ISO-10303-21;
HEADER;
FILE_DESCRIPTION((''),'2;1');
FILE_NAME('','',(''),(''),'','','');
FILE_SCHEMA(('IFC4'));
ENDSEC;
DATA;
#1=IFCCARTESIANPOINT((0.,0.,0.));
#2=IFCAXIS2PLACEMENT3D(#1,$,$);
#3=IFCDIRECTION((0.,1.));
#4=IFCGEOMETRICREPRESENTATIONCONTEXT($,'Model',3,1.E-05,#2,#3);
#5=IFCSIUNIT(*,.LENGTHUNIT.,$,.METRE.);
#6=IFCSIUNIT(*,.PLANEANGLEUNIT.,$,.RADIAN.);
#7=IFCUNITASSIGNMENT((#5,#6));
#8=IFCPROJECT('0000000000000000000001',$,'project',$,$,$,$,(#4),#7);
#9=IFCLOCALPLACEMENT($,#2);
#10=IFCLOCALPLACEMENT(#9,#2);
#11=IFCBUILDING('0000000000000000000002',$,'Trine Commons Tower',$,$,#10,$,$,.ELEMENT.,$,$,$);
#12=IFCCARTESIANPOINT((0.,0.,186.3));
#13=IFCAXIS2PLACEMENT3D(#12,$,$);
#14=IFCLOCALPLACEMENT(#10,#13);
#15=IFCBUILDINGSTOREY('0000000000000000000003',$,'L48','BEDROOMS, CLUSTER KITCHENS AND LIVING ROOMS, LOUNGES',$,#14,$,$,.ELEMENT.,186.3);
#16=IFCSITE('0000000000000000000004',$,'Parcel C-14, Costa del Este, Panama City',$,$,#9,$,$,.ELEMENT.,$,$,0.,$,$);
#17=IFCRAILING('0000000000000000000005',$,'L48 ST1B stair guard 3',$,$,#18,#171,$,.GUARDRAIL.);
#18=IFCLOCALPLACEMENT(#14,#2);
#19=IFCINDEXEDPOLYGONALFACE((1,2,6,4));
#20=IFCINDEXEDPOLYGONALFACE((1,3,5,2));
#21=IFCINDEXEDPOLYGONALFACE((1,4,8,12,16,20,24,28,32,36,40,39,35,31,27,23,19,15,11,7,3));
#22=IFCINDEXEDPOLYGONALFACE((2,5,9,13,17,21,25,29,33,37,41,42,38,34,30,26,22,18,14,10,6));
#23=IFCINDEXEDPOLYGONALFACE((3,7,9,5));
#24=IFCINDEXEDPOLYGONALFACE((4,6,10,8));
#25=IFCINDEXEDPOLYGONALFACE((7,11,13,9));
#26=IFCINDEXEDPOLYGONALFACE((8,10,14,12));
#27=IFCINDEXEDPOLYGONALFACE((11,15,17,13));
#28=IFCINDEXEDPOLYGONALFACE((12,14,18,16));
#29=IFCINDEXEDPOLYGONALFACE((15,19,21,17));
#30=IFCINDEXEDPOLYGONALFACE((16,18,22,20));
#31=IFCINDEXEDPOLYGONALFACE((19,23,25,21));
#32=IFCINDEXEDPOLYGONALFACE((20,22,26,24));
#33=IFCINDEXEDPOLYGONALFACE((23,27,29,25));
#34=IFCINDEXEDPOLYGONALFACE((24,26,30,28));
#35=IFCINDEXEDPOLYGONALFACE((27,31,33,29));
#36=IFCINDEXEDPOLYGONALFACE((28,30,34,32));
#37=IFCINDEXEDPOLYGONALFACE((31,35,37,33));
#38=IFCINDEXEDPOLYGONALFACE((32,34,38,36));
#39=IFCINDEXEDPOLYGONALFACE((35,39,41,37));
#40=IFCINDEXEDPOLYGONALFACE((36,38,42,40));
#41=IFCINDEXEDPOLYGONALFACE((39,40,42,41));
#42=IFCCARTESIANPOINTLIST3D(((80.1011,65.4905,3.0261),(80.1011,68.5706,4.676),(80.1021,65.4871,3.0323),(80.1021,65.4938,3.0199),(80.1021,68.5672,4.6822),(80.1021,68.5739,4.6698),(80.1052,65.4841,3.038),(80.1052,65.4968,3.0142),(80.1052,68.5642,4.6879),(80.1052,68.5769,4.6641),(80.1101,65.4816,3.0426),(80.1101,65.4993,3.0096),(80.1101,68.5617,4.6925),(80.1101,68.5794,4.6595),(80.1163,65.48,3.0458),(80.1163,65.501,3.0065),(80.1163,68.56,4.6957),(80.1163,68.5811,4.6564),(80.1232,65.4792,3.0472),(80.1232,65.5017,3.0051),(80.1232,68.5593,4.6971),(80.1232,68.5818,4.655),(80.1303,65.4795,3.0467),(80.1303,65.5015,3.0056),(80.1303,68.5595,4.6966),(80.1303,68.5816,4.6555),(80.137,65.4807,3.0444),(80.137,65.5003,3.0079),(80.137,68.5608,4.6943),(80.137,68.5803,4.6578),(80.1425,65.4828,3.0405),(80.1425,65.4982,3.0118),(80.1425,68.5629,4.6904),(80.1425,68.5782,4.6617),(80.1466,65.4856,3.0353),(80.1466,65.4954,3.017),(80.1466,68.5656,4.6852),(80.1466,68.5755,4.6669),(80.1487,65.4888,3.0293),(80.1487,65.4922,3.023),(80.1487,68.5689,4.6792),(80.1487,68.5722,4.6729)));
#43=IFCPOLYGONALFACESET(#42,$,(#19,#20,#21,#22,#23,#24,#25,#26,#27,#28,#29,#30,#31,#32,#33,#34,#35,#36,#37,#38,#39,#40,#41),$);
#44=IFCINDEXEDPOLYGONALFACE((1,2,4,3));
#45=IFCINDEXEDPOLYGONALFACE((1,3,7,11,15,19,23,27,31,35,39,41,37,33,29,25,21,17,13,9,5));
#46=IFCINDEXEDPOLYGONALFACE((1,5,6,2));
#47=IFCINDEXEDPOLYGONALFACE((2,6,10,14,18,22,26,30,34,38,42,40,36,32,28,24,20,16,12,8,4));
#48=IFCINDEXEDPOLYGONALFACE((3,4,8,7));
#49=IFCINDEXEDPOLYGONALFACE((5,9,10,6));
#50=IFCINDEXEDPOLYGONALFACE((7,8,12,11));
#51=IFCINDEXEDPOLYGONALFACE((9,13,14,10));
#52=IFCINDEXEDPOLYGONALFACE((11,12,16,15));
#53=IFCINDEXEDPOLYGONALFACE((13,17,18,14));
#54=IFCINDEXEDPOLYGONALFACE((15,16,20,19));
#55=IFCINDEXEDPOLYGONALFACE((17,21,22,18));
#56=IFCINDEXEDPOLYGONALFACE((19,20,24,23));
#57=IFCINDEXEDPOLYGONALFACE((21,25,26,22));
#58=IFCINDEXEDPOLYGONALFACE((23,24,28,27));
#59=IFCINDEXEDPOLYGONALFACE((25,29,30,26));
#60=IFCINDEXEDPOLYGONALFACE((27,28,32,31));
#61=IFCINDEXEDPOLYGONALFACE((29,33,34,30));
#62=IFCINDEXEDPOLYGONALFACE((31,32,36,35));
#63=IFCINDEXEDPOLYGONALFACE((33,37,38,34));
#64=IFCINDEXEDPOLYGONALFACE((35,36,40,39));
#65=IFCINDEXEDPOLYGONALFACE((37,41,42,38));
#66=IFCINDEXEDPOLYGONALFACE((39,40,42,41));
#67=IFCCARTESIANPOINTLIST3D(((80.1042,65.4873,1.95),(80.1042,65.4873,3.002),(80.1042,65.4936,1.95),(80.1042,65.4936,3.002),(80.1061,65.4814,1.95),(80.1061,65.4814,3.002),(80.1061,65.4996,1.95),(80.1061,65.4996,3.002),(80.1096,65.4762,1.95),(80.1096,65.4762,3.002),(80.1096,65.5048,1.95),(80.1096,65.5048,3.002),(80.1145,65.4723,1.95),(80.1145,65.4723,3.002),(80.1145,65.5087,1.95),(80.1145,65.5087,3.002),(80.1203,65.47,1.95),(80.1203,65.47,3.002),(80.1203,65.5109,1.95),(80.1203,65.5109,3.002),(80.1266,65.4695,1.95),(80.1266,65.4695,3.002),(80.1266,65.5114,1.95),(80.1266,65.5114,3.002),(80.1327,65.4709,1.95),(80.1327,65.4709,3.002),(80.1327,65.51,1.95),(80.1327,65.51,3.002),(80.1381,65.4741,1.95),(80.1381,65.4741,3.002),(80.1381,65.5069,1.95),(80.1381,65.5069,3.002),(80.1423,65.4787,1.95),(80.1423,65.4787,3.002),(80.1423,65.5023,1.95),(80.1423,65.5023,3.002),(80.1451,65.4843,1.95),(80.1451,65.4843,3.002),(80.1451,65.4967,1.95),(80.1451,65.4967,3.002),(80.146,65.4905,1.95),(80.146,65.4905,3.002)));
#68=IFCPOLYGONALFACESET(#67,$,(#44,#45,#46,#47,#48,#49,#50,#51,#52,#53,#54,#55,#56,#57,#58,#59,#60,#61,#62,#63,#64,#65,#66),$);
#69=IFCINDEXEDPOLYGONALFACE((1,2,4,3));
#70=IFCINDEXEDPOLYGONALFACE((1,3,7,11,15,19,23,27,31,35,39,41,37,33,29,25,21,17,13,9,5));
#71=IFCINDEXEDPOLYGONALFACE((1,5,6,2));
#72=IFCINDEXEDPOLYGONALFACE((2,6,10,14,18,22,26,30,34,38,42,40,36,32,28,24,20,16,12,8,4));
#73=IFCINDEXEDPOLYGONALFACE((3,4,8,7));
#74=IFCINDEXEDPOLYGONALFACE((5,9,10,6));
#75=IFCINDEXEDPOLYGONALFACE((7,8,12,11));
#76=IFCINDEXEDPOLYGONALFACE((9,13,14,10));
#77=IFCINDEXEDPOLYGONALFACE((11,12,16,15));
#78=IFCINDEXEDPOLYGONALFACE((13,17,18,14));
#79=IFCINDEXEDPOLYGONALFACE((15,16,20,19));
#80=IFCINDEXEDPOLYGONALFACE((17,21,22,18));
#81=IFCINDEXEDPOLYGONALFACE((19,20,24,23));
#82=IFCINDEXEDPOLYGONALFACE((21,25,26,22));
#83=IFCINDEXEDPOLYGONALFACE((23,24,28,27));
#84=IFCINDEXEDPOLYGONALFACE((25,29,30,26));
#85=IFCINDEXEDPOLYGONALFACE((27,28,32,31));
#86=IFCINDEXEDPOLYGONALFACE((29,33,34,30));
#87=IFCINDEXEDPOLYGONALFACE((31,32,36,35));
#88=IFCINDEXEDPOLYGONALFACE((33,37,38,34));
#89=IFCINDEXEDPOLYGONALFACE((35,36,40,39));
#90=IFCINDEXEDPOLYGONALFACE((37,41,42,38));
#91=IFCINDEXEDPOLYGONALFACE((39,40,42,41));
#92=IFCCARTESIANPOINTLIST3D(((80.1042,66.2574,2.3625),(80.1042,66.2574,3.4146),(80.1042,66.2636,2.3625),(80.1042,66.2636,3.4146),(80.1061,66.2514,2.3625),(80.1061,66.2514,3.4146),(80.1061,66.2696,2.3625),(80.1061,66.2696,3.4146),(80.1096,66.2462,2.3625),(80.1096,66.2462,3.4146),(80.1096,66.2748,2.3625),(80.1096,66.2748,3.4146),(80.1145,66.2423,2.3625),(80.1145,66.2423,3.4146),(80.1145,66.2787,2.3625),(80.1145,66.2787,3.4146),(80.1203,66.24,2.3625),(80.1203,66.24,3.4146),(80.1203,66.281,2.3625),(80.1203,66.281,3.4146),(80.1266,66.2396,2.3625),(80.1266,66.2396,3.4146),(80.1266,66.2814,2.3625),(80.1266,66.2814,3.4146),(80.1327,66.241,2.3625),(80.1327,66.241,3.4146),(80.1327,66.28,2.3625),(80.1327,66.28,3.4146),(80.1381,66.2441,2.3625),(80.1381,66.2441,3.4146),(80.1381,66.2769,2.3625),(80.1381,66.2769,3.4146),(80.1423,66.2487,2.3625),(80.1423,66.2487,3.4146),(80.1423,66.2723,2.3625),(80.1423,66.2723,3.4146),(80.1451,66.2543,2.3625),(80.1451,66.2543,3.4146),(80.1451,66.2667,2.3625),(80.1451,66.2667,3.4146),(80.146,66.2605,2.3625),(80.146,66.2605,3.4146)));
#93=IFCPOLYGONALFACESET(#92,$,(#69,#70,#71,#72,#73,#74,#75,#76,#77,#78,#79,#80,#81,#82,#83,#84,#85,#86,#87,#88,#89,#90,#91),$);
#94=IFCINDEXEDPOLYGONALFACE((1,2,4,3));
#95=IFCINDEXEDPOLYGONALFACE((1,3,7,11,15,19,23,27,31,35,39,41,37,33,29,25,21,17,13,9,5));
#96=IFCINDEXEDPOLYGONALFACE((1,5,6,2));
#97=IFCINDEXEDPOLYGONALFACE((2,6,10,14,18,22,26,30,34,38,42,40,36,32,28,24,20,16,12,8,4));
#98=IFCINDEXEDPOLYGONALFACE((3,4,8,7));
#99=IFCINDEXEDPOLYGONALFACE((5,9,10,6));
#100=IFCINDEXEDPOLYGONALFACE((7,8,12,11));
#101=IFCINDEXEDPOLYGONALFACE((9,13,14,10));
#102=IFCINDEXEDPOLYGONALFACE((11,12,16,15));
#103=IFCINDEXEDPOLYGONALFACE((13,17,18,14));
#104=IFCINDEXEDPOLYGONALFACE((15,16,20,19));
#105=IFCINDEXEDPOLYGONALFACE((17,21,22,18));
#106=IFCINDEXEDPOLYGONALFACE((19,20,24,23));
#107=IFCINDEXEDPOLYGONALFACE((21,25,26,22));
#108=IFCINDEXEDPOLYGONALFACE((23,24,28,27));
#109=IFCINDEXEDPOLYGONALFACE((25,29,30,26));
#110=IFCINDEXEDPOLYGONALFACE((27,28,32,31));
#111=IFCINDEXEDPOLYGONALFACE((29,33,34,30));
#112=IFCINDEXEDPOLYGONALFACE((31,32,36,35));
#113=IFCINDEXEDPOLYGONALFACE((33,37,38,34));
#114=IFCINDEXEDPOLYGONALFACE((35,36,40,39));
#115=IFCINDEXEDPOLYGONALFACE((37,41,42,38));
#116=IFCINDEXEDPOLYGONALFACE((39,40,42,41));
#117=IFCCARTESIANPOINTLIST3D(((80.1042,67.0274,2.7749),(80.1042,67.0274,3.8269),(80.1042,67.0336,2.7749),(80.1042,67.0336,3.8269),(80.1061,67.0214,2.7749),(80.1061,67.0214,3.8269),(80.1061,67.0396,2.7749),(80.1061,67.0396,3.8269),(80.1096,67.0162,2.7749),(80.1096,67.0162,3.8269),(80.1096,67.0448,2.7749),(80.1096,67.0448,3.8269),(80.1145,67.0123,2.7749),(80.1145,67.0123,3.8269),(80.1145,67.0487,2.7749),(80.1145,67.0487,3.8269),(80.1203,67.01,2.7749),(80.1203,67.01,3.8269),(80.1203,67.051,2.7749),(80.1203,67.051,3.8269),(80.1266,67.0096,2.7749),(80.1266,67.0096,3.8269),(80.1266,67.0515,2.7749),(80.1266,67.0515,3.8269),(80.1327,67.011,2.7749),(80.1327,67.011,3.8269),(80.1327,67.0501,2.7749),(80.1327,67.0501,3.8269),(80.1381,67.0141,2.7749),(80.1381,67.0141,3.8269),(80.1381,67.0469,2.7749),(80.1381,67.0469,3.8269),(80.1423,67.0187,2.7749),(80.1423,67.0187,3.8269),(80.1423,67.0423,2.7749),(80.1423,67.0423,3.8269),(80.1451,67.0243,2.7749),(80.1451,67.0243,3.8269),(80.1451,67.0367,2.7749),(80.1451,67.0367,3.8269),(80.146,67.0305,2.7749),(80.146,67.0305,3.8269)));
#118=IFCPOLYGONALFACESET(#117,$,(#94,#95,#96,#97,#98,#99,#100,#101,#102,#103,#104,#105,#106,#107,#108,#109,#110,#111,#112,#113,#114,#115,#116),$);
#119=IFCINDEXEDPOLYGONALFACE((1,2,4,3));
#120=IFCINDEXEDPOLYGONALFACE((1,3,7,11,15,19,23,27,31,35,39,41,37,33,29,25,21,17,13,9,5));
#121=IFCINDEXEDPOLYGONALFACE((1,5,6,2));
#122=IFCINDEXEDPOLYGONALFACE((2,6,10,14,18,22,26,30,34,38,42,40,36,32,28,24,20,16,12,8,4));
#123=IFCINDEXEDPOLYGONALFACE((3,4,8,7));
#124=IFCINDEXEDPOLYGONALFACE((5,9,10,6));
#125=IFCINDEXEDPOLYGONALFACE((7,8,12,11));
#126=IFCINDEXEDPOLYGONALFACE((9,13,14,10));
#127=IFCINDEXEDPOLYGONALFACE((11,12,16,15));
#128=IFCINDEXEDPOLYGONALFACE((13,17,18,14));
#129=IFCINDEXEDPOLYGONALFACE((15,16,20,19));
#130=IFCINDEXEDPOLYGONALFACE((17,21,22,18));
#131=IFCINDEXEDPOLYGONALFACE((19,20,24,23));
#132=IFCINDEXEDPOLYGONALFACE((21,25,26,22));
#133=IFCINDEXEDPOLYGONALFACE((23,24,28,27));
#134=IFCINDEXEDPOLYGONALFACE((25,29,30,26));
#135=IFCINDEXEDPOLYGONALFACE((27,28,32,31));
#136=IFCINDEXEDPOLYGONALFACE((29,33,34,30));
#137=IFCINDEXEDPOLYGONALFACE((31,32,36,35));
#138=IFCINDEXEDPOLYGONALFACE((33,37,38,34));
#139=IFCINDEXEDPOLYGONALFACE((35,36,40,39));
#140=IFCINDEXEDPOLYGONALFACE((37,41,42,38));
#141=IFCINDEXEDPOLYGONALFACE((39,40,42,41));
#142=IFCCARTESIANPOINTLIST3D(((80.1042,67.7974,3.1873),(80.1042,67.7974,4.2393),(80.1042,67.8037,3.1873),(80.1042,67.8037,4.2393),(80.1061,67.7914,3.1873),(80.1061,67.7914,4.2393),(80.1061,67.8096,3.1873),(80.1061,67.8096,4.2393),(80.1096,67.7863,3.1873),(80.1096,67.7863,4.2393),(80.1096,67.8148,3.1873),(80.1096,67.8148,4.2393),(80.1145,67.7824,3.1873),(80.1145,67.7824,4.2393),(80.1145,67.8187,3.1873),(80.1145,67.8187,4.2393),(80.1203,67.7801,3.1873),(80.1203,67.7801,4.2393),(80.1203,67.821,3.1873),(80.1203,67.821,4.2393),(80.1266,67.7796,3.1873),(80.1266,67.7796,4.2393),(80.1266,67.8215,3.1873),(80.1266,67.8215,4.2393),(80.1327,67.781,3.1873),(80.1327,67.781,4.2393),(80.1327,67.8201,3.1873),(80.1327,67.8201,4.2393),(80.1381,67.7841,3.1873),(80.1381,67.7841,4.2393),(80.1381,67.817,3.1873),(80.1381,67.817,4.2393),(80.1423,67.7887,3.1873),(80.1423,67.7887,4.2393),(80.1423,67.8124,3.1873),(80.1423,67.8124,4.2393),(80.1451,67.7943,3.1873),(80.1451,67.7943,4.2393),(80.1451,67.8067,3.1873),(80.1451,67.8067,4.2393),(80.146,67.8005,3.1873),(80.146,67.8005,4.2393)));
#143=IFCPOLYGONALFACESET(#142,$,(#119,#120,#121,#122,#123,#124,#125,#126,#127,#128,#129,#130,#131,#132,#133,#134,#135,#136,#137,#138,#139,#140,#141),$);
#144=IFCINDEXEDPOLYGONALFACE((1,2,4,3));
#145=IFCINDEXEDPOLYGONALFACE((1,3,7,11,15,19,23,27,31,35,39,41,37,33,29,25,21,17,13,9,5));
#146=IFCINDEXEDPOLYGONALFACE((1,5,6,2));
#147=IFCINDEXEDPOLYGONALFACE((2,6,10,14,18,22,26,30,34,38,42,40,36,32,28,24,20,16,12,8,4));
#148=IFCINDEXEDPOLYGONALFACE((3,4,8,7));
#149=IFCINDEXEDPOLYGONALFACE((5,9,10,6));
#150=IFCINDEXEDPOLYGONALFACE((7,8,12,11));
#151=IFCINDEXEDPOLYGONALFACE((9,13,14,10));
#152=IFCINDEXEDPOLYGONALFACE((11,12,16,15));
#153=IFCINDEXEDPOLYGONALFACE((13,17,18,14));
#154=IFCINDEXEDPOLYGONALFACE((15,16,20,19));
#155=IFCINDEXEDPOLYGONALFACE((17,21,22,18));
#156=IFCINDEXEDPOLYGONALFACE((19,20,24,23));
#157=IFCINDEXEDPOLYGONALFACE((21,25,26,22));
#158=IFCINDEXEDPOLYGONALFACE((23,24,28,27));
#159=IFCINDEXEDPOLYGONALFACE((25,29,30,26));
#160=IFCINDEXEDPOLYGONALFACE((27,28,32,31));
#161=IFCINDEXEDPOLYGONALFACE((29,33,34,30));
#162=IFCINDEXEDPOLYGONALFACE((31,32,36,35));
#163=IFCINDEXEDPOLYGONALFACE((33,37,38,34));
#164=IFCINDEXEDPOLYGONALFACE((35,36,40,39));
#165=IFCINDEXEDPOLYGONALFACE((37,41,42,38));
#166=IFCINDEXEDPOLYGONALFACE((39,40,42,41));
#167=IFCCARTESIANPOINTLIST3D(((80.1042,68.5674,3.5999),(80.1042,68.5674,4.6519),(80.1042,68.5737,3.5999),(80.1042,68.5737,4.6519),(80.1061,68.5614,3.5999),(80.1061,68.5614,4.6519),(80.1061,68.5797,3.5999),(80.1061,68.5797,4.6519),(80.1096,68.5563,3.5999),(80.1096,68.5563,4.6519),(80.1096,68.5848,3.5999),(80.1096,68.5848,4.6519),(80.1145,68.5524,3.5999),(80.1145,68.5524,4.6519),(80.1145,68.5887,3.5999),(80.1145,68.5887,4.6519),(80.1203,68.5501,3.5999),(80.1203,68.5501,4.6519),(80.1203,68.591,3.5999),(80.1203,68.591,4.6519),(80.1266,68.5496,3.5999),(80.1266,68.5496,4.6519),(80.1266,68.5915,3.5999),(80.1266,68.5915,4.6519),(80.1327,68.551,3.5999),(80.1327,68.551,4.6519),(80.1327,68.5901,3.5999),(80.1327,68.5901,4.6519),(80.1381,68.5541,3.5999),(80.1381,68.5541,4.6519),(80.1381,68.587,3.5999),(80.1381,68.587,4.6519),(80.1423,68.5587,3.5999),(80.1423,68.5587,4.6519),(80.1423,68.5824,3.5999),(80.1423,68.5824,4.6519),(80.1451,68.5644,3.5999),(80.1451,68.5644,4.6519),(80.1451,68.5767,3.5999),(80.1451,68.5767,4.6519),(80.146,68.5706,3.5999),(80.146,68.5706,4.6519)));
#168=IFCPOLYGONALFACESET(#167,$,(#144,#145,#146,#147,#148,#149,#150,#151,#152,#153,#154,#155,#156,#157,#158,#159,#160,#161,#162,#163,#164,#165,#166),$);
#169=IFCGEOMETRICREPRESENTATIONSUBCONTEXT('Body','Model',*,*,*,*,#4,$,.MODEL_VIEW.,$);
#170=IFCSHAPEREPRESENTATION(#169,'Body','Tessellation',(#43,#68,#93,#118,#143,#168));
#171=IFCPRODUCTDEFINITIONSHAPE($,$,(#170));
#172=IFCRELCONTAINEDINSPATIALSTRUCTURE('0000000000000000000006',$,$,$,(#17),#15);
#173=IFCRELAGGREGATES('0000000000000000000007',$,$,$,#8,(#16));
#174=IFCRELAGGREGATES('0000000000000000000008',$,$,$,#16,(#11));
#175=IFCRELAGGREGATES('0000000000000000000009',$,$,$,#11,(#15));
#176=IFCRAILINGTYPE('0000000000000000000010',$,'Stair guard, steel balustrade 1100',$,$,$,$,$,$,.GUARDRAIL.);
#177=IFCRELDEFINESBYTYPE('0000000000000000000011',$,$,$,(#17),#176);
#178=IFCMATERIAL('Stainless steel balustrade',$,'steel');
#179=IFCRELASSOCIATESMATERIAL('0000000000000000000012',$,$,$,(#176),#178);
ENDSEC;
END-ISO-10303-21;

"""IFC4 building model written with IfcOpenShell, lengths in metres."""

from ifc_helpers import new_model, si_unit, direction, frame, origin, origin_2d, place, context, subcontext, project, spatial, circle, extrude, material, type_object, element, save


model = new_model("IFC4")

# Units and contexts
model_context = context("Model", 3, precision=1e-05, world=origin(), true_north=direction((0.0, 1.0)))
body_context = subcontext(model_context, "Body", "Model", "MODEL_VIEW")
ifc_project = project(units=[si_unit("LENGTHUNIT", "METRE"), si_unit("PLANEANGLEUNIT", "RADIAN")], contexts=[model_context])

# Site, building, storey
site_placement = place(None, origin())
site = spatial("IfcSite", under=ifc_project, at=site_placement, Name="Parcel C-14, Costa del Este, Panama City", CompositionType="ELEMENT", RefElevation=0.0)
building_placement = place(site_placement, origin())
building = spatial("IfcBuilding", under=site, at=building_placement, Name="Trine Commons Tower", CompositionType="ELEMENT")
storey_placement = place(building_placement, frame((0.0, 0.0, 186.3)))
storey = spatial("IfcBuildingStorey", under=building, at=storey_placement, Name="L48", Description="BEDROOMS, CLUSTER KITCHENS AND LIVING ROOMS, LOUNGES", CompositionType="ELEMENT", Elevation=186.3)

# Railing
ifc_material_1 = material(Name="Stainless steel balustrade", Category="steel")
railing_type_1 = type_object("IfcRailingType", Name="Stair guard, steel balustrade 1100", PredefinedType="GUARDRAIL", material=ifc_material_1)
railing_1_placement = place(storey_placement, frame((80.125, 65.4905, 1.95)))
element("IfcRailing", 1, at=railing_1_placement, inside=storey, type_object=railing_type_1, Name="L48 ST1B stair guard 3", PredefinedType="GUARDRAIL", context=body_context, shape_type="SweptSolid", body=[
    extrude(circle(Radius=0.0239, at=origin_2d()), frame((0.0, 0.0, 1.0762), z_axis=(0.0, 0.881497, 0.47219), x_axis=(-1.0, 0.0, 0.0)), (0.0, 0.0, 1.0), 3.4941),
    extrude(circle(Radius=0.021, at=origin_2d()), origin(), (0.0, 0.0, 1.0), 1.052),
    extrude(circle(Radius=0.021, at=origin_2d()), frame((0.0, 0.77, 0.4126)), (0.0, 0.0, 1.0), 1.052),
    extrude(circle(Radius=0.021, at=origin_2d()), frame((0.0, 1.54, 0.825)), (0.0, 0.0, 1.0), 1.052),
    extrude(circle(Radius=0.021, at=origin_2d()), frame((0.0, 2.3101, 1.2373)), (0.0, 0.0, 1.0), 1.052),
    extrude(circle(Radius=0.021, at=origin_2d()), frame((0.0, 3.0801, 1.6499)), (0.0, 0.0, 1.0), 1.052),
])

save(model, "model.ifc")
